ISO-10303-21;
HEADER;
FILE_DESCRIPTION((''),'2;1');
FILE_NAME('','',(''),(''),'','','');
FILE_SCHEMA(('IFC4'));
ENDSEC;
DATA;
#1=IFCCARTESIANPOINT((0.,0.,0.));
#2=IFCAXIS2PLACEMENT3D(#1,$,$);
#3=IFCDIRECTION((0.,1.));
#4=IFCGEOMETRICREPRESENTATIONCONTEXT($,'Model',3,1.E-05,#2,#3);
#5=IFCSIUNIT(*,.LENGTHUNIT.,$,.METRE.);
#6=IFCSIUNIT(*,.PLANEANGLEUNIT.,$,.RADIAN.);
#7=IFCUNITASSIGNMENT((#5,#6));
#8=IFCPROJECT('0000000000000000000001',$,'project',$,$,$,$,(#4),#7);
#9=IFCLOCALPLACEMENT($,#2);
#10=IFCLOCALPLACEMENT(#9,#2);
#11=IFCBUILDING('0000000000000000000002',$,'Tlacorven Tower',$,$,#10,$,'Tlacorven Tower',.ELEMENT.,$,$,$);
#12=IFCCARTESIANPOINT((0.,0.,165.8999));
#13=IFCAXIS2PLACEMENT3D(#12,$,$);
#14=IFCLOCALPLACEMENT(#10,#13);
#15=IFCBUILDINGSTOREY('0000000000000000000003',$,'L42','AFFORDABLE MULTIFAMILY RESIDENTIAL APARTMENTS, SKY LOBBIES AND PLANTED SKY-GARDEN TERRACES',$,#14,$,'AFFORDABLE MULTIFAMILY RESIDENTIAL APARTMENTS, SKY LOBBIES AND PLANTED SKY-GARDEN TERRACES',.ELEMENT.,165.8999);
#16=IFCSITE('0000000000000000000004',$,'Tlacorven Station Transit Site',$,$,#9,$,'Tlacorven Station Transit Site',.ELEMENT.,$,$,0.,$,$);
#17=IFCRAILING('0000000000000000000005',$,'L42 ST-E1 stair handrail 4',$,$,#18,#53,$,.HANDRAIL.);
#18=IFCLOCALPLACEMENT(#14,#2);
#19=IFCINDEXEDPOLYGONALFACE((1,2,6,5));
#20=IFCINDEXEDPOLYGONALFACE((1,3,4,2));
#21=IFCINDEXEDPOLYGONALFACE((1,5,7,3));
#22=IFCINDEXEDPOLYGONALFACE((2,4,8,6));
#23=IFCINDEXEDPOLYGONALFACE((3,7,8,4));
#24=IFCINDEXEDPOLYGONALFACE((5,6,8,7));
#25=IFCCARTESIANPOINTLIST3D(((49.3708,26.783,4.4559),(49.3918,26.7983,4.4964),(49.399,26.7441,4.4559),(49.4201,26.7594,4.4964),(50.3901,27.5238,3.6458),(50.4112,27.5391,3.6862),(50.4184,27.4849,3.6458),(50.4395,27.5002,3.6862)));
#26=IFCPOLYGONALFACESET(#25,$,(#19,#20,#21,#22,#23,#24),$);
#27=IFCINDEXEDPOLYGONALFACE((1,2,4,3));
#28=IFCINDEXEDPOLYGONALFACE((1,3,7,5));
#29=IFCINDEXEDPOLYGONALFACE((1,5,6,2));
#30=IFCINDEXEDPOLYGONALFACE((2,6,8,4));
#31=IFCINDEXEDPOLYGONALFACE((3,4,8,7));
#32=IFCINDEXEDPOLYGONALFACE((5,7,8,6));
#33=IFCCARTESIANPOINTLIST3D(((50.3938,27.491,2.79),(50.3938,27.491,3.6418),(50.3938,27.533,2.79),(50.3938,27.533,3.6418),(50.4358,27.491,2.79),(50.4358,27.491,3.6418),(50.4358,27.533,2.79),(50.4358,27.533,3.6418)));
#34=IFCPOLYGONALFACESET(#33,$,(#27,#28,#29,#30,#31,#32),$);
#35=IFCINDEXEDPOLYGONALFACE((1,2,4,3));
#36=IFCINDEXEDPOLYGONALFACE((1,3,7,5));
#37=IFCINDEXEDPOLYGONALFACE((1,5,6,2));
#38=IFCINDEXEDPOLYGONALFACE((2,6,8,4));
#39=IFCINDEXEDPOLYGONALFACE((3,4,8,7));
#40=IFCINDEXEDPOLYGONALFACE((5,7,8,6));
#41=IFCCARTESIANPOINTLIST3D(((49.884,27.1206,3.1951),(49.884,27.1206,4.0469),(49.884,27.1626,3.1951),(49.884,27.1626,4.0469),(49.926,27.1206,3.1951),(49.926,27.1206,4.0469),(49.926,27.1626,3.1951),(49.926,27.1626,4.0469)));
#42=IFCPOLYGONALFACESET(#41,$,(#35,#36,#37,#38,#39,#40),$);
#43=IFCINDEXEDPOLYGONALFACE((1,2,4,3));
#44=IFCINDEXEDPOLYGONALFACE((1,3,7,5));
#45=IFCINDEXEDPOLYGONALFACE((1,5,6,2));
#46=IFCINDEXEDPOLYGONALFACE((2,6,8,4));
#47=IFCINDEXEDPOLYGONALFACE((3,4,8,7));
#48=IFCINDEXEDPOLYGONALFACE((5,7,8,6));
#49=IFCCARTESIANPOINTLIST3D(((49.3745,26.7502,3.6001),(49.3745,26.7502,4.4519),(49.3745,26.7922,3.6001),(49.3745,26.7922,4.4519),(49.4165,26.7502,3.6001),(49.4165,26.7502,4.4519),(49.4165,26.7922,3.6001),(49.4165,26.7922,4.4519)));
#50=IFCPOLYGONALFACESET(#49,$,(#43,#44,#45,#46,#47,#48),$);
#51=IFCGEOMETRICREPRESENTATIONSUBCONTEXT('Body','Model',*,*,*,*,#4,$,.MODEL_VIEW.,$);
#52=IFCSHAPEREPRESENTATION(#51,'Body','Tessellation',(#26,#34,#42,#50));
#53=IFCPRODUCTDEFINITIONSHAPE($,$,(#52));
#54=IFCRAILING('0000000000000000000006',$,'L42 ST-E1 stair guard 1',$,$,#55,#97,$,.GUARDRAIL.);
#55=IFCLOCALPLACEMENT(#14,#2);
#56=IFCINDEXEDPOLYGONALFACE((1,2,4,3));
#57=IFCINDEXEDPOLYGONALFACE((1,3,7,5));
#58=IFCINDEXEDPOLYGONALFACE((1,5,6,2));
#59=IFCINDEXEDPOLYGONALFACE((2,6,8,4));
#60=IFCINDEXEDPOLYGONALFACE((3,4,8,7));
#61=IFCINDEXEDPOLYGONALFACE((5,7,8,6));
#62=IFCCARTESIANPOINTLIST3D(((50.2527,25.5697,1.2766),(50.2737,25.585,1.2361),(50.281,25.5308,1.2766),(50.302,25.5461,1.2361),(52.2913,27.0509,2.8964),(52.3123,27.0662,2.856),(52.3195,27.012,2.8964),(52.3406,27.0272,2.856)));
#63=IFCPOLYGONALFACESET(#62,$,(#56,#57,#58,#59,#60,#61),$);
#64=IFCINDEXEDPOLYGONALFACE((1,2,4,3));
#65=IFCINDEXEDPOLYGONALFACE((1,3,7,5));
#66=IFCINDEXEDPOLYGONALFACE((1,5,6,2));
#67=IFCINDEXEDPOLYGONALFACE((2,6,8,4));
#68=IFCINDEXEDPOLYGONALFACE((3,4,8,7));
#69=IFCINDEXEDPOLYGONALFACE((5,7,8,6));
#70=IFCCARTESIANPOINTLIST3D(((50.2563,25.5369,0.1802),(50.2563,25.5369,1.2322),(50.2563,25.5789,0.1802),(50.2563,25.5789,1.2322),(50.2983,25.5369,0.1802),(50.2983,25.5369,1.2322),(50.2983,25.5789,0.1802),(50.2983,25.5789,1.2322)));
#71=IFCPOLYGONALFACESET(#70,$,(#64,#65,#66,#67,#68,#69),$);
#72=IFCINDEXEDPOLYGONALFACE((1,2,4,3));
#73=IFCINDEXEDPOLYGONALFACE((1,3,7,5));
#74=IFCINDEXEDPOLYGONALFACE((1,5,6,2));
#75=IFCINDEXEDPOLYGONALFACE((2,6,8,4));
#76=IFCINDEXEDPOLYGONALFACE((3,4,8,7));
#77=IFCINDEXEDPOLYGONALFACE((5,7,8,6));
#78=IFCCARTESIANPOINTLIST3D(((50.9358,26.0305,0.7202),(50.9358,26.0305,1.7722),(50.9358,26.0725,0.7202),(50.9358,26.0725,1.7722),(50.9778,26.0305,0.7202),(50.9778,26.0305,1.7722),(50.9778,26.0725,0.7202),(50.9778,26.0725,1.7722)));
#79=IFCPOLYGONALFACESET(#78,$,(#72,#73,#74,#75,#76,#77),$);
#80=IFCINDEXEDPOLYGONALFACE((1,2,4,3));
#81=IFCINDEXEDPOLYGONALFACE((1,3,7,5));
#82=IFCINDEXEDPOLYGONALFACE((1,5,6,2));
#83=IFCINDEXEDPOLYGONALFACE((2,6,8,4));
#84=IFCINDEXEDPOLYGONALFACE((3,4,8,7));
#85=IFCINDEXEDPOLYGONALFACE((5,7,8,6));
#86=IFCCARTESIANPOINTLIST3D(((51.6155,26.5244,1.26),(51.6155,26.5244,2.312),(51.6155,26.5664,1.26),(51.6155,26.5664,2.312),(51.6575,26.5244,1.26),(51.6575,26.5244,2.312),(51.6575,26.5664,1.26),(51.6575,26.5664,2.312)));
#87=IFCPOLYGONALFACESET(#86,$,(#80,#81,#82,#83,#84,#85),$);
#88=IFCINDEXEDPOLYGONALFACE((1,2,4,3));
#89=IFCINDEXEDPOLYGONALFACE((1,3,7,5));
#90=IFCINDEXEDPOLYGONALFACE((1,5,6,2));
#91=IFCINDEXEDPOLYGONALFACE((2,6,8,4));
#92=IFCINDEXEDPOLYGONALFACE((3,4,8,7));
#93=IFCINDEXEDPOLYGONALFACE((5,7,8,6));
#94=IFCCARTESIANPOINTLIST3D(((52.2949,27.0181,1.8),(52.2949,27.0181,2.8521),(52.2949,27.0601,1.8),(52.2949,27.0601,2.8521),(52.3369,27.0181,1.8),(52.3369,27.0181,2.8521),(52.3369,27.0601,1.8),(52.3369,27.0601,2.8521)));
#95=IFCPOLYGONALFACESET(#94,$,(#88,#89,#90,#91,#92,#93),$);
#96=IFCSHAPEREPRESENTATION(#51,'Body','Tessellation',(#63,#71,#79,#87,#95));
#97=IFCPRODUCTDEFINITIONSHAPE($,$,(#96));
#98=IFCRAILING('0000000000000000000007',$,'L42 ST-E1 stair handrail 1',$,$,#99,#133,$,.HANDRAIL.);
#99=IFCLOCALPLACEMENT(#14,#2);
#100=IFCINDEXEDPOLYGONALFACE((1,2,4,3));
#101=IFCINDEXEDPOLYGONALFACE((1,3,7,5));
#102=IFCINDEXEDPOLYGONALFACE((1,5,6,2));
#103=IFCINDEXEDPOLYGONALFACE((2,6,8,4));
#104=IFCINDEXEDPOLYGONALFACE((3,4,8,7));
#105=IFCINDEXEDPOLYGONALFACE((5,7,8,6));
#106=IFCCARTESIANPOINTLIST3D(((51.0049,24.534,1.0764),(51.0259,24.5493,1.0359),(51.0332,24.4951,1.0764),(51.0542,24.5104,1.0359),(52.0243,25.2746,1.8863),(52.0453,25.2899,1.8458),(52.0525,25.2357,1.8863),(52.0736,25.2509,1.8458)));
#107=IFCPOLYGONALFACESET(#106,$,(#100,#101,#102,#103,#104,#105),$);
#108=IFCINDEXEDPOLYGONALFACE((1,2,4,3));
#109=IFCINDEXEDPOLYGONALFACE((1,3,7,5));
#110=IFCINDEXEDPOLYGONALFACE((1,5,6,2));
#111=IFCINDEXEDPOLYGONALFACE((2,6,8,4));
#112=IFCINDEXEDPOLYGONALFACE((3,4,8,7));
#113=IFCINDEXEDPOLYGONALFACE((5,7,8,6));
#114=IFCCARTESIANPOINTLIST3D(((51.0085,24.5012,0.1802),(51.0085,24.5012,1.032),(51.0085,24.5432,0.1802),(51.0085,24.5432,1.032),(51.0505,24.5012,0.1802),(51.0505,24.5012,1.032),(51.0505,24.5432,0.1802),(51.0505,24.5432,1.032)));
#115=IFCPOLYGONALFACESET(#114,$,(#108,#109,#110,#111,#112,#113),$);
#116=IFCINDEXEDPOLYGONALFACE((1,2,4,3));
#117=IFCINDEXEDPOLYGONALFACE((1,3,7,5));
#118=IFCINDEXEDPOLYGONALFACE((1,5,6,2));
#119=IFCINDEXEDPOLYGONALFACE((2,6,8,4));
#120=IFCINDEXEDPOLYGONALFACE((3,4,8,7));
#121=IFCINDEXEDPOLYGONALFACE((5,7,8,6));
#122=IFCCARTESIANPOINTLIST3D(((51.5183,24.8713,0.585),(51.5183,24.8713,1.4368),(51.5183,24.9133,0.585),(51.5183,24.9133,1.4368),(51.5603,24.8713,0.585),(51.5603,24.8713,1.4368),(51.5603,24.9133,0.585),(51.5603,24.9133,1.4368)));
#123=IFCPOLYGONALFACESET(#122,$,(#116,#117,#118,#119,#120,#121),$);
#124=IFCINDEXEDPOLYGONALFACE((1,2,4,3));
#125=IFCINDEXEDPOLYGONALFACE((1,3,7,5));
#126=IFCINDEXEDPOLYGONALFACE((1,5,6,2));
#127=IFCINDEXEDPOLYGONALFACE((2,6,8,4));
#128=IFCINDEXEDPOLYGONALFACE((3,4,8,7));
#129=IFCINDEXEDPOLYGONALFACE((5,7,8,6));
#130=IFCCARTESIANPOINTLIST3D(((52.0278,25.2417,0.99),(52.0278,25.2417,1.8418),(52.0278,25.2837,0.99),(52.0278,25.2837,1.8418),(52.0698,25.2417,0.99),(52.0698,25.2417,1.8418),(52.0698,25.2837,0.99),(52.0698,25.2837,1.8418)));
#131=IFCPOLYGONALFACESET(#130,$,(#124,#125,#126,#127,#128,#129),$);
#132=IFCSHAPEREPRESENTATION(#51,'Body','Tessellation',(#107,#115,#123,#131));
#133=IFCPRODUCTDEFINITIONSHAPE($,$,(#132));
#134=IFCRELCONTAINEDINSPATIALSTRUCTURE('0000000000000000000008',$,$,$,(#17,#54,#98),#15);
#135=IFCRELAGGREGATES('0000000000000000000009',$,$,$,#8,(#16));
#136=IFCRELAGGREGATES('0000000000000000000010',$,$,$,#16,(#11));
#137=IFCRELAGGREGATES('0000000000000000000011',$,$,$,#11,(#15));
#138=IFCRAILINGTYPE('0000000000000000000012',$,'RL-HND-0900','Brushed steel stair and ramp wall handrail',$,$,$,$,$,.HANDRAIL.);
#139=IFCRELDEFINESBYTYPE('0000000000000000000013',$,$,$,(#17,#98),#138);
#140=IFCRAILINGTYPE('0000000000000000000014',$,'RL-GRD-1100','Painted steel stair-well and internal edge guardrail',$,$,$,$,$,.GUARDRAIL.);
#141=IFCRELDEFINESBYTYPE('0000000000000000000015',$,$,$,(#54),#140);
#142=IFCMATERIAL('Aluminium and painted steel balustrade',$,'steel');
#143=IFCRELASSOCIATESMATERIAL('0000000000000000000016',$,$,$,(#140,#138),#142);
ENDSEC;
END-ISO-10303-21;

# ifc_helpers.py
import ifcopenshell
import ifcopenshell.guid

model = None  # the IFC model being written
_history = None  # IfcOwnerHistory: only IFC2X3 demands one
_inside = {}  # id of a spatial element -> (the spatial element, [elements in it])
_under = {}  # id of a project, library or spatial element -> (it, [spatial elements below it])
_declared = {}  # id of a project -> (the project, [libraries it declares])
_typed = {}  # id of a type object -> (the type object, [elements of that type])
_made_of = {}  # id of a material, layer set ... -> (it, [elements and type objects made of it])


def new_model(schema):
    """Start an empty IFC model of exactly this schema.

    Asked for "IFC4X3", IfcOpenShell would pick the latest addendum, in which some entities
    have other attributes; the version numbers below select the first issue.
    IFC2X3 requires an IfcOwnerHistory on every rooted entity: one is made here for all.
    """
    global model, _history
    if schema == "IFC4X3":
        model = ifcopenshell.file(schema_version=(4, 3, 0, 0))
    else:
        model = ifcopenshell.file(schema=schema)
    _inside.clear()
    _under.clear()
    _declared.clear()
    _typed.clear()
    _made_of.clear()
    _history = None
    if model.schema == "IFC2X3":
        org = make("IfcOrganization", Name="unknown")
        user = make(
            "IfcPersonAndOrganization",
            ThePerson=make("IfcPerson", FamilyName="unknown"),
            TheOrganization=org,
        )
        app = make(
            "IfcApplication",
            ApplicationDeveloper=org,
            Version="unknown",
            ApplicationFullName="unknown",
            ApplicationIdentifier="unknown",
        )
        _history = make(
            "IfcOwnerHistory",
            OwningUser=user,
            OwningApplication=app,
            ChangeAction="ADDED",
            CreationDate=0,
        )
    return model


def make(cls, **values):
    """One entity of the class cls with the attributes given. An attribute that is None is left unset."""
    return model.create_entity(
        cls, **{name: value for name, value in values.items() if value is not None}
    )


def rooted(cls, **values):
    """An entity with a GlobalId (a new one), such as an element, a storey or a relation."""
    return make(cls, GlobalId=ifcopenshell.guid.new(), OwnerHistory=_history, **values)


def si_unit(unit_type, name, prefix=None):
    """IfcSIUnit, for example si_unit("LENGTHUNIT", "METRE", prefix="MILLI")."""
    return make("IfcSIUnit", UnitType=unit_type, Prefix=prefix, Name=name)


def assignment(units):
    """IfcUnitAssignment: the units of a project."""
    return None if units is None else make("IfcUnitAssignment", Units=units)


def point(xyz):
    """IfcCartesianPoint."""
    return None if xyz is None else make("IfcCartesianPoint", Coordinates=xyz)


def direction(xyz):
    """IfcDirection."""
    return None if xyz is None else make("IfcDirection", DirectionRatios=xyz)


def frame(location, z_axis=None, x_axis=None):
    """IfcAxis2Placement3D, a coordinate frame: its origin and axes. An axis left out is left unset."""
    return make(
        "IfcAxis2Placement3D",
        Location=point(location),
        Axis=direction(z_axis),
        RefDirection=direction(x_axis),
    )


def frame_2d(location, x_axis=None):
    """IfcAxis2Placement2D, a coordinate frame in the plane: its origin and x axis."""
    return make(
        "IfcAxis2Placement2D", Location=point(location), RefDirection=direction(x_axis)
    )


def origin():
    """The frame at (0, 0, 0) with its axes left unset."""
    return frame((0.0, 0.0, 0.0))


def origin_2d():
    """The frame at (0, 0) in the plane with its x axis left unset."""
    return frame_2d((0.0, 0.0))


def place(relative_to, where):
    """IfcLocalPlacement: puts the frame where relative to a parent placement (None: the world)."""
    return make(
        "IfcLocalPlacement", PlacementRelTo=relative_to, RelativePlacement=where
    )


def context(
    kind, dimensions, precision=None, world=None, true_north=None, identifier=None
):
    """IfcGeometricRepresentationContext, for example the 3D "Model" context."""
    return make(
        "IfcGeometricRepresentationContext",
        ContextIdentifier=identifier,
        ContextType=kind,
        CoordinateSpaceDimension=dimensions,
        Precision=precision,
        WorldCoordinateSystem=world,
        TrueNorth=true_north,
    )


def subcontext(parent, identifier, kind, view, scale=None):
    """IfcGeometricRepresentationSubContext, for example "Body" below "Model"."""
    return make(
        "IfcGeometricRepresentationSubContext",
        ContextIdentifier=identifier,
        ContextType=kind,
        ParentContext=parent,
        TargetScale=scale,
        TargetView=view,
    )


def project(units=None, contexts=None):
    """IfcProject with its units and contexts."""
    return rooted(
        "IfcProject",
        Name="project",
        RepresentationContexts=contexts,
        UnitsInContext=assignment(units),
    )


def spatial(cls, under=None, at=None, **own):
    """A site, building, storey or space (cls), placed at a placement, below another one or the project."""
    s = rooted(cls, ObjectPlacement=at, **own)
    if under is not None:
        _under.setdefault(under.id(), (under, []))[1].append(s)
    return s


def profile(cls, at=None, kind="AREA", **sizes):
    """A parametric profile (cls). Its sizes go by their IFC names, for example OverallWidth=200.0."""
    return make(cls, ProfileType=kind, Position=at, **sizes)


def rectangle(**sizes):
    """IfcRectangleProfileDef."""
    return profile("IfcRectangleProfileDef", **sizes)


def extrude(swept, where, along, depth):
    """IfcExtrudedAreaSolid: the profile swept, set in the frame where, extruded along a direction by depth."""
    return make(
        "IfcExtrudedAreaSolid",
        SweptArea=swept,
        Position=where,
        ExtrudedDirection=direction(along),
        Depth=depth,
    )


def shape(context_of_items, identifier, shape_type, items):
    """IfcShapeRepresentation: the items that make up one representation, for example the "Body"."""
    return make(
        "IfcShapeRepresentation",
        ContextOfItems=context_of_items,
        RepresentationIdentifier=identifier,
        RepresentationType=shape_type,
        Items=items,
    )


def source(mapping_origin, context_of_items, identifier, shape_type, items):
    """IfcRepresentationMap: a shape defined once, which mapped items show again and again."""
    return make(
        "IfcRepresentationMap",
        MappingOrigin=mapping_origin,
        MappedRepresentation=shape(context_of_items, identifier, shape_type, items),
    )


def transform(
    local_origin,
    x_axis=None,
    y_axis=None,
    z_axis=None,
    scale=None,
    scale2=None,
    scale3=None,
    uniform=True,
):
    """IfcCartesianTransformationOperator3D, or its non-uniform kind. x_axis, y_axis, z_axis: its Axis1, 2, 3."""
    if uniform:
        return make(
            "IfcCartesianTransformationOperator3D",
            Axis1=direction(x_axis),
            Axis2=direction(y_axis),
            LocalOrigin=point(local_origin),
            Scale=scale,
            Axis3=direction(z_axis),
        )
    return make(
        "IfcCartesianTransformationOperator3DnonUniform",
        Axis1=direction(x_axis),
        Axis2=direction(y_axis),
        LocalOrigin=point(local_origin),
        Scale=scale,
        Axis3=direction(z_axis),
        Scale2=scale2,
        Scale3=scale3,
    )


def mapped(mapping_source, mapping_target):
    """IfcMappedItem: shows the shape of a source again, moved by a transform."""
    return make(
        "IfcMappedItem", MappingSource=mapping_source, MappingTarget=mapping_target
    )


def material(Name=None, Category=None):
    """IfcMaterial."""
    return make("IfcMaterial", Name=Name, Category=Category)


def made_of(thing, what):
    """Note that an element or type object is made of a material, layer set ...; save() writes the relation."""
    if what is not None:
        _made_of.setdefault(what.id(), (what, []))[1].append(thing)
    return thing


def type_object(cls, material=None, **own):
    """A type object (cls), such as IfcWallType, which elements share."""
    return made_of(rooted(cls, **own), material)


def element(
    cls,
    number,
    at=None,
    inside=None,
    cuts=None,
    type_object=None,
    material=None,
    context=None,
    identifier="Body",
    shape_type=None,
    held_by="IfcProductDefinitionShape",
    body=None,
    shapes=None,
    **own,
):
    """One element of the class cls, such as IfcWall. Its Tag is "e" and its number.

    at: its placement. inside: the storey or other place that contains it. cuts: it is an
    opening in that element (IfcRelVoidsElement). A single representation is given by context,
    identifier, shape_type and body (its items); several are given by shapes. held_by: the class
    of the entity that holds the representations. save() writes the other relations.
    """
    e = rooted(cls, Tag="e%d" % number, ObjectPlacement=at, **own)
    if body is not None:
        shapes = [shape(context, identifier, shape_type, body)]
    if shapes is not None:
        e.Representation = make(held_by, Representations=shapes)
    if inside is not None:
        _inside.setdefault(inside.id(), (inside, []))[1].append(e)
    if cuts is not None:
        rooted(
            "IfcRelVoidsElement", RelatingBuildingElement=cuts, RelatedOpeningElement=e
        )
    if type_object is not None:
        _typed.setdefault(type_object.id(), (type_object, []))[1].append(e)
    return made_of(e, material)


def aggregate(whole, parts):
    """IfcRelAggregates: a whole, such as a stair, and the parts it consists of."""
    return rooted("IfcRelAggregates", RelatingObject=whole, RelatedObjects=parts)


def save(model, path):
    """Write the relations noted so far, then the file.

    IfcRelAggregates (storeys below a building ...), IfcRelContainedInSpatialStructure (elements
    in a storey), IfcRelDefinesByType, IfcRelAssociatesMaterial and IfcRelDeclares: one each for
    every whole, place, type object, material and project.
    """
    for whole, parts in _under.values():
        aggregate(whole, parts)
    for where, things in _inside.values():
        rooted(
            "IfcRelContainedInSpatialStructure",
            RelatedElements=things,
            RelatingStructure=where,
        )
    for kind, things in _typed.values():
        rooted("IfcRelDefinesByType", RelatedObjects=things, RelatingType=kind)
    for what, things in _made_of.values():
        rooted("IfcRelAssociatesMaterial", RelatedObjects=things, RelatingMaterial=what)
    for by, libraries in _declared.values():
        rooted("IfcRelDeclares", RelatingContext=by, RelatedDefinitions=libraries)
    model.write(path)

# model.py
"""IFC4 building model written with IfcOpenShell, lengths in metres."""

from ifc_helpers import new_model, si_unit, direction, frame, origin, origin_2d, place, context, subcontext, project, spatial, rectangle, extrude, source, transform, mapped, material, type_object, element, save


model = new_model("IFC4")

# Units and contexts
model_context = context("Model", 3, precision=1e-05, world=origin(), true_north=direction((0.0, 1.0)))
body_context = subcontext(model_context, "Body", "Model", "MODEL_VIEW")
ifc_project = project(units=[si_unit("LENGTHUNIT", "METRE"), si_unit("PLANEANGLEUNIT", "RADIAN")], contexts=[model_context])

# Site, building, storey
site_placement = place(None, origin())
site = spatial("IfcSite", under=ifc_project, at=site_placement, Name="Tlacorven Station Transit Site", LongName="Tlacorven Station Transit Site", CompositionType="ELEMENT", RefElevation=0.0)
building_placement = place(site_placement, origin())
building = spatial("IfcBuilding", under=site, at=building_placement, Name="Tlacorven Tower", LongName="Tlacorven Tower", CompositionType="ELEMENT")
storey_placement = place(building_placement, frame((0.0, 0.0, 165.8999)))
storey = spatial("IfcBuildingStorey", under=building, at=storey_placement, Name="L42", Description="AFFORDABLE MULTIFAMILY RESIDENTIAL APARTMENTS, SKY LOBBIES AND PLANTED SKY-GARDEN TERRACES", LongName="AFFORDABLE MULTIFAMILY RESIDENTIAL APARTMENTS, SKY LOBBIES AND PLANTED SKY-GARDEN TERRACES", CompositionType="ELEMENT", Elevation=165.8999)

# Railings
ifc_material_1 = material(Name="Aluminium and painted steel balustrade", Category="steel")
railing_type_1 = type_object("IfcRailingType", Name="RL-GRD-1100", Description="Painted steel stair-well and internal edge guardrail", PredefinedType="GUARDRAIL", material=ifc_material_1)
railing_type_2 = type_object("IfcRailingType", Name="RL-HND-0900", Description="Brushed steel stair and ramp wall handrail", PredefinedType="HANDRAIL", material=ifc_material_1)
shared_shape_1 = source(origin(), body_context, "Body", "SweptSolid", [
    extrude(rectangle(XDim=0.0481, YDim=0.0481, at=origin_2d()), frame((0.0, 0.0, 0.876), z_axis=(-0.680461, -0.494496, 0.540783), x_axis=(0.587872, -0.808954, 0.0)), (0.0, 0.0, 1.0), 1.498),
    extrude(rectangle(XDim=0.042, YDim=0.042, at=origin_2d()), origin(), (0.0, 0.0, 1.0), 0.8518),
    extrude(rectangle(XDim=0.042, YDim=0.042, at=origin_2d()), frame((-0.5098, -0.3704, 0.405)), (0.0, 0.0, 1.0), 0.8518),
    extrude(rectangle(XDim=0.042, YDim=0.042, at=origin_2d()), frame((-1.0193, -0.7407, 0.8101)), (0.0, 0.0, 1.0), 0.8518),
])
railing_1_placement = place(storey_placement, frame((50.4148, 27.512, 2.79)))
element("IfcRailing", 1, at=railing_1_placement, inside=storey, type_object=railing_type_2, Name="L42 ST-E1 stair handrail 4", PredefinedType="HANDRAIL", context=body_context, shape_type="MappedRepresentation", body=[
    mapped(shared_shape_1, transform((0.0, 0.0, 0.0), scale=1.0)),
])
shared_shape_2 = source(origin(), body_context, "Body", "SweptSolid", [
    extrude(rectangle(XDim=0.0481, YDim=0.0481, at=origin_2d()), frame((0.0, 0.0, 1.0762), z_axis=(0.680519, 0.494456, 0.540747), x_axis=(-0.587809, 0.809, 0.0)), (0.0, 0.0, 1.0), 2.9956),
    extrude(rectangle(XDim=0.042, YDim=0.042, at=origin_2d()), origin(), (0.0, 0.0, 1.0), 1.052),
    extrude(rectangle(XDim=0.042, YDim=0.042, at=origin_2d()), frame((0.6794, 0.4937, 0.54)), (0.0, 0.0, 1.0), 1.052),
    extrude(rectangle(XDim=0.042, YDim=0.042, at=origin_2d()), frame((1.3591, 0.9875, 1.0798)), (0.0, 0.0, 1.0), 1.052),
    extrude(rectangle(XDim=0.042, YDim=0.042, at=origin_2d()), frame((2.0386, 1.4812, 1.6199)), (0.0, 0.0, 1.0), 1.052),
])
railing_2_placement = place(storey_placement, frame((50.2773, 25.5579, 0.1802)))
element("IfcRailing", 2, at=railing_2_placement, inside=storey, type_object=railing_type_1, Name="L42 ST-E1 stair guard 1", PredefinedType="GUARDRAIL", context=body_context, shape_type="MappedRepresentation", body=[
    mapped(shared_shape_2, transform((0.0, 0.0, 0.0), scale=1.0)),
])
shared_shape_3 = source(origin(), body_context, "Body", "SweptSolid", [
    extrude(rectangle(XDim=0.0481, YDim=0.0481, at=origin_2d()), frame((0.0, 0.0, 0.876), z_axis=(0.680576, 0.494416, 0.540712), x_axis=(-0.587745, 0.809046, 0.0)), (0.0, 0.0, 1.0), 1.4978),
    extrude(rectangle(XDim=0.042, YDim=0.042, at=origin_2d()), origin(), (0.0, 0.0, 1.0), 0.8518),
    extrude(rectangle(XDim=0.042, YDim=0.042, at=origin_2d()), frame((0.5098, 0.3701, 0.4048)), (0.0, 0.0, 1.0), 0.8518),
    extrude(rectangle(XDim=0.042, YDim=0.042, at=origin_2d()), frame((1.0193, 0.7405, 0.8098)), (0.0, 0.0, 1.0), 0.8518),
])
railing_3_placement = place(storey_placement, frame((51.0295, 24.5222, 0.1802)))
element("IfcRailing", 3, at=railing_3_placement, inside=storey, type_object=railing_type_2, Name="L42 ST-E1 stair handrail 1", PredefinedType="HANDRAIL", context=body_context, shape_type="MappedRepresentation", body=[
    mapped(shared_shape_3, transform((0.0, 0.0, 0.0), scale=1.0)),
])

save(model, "model.ifc")
